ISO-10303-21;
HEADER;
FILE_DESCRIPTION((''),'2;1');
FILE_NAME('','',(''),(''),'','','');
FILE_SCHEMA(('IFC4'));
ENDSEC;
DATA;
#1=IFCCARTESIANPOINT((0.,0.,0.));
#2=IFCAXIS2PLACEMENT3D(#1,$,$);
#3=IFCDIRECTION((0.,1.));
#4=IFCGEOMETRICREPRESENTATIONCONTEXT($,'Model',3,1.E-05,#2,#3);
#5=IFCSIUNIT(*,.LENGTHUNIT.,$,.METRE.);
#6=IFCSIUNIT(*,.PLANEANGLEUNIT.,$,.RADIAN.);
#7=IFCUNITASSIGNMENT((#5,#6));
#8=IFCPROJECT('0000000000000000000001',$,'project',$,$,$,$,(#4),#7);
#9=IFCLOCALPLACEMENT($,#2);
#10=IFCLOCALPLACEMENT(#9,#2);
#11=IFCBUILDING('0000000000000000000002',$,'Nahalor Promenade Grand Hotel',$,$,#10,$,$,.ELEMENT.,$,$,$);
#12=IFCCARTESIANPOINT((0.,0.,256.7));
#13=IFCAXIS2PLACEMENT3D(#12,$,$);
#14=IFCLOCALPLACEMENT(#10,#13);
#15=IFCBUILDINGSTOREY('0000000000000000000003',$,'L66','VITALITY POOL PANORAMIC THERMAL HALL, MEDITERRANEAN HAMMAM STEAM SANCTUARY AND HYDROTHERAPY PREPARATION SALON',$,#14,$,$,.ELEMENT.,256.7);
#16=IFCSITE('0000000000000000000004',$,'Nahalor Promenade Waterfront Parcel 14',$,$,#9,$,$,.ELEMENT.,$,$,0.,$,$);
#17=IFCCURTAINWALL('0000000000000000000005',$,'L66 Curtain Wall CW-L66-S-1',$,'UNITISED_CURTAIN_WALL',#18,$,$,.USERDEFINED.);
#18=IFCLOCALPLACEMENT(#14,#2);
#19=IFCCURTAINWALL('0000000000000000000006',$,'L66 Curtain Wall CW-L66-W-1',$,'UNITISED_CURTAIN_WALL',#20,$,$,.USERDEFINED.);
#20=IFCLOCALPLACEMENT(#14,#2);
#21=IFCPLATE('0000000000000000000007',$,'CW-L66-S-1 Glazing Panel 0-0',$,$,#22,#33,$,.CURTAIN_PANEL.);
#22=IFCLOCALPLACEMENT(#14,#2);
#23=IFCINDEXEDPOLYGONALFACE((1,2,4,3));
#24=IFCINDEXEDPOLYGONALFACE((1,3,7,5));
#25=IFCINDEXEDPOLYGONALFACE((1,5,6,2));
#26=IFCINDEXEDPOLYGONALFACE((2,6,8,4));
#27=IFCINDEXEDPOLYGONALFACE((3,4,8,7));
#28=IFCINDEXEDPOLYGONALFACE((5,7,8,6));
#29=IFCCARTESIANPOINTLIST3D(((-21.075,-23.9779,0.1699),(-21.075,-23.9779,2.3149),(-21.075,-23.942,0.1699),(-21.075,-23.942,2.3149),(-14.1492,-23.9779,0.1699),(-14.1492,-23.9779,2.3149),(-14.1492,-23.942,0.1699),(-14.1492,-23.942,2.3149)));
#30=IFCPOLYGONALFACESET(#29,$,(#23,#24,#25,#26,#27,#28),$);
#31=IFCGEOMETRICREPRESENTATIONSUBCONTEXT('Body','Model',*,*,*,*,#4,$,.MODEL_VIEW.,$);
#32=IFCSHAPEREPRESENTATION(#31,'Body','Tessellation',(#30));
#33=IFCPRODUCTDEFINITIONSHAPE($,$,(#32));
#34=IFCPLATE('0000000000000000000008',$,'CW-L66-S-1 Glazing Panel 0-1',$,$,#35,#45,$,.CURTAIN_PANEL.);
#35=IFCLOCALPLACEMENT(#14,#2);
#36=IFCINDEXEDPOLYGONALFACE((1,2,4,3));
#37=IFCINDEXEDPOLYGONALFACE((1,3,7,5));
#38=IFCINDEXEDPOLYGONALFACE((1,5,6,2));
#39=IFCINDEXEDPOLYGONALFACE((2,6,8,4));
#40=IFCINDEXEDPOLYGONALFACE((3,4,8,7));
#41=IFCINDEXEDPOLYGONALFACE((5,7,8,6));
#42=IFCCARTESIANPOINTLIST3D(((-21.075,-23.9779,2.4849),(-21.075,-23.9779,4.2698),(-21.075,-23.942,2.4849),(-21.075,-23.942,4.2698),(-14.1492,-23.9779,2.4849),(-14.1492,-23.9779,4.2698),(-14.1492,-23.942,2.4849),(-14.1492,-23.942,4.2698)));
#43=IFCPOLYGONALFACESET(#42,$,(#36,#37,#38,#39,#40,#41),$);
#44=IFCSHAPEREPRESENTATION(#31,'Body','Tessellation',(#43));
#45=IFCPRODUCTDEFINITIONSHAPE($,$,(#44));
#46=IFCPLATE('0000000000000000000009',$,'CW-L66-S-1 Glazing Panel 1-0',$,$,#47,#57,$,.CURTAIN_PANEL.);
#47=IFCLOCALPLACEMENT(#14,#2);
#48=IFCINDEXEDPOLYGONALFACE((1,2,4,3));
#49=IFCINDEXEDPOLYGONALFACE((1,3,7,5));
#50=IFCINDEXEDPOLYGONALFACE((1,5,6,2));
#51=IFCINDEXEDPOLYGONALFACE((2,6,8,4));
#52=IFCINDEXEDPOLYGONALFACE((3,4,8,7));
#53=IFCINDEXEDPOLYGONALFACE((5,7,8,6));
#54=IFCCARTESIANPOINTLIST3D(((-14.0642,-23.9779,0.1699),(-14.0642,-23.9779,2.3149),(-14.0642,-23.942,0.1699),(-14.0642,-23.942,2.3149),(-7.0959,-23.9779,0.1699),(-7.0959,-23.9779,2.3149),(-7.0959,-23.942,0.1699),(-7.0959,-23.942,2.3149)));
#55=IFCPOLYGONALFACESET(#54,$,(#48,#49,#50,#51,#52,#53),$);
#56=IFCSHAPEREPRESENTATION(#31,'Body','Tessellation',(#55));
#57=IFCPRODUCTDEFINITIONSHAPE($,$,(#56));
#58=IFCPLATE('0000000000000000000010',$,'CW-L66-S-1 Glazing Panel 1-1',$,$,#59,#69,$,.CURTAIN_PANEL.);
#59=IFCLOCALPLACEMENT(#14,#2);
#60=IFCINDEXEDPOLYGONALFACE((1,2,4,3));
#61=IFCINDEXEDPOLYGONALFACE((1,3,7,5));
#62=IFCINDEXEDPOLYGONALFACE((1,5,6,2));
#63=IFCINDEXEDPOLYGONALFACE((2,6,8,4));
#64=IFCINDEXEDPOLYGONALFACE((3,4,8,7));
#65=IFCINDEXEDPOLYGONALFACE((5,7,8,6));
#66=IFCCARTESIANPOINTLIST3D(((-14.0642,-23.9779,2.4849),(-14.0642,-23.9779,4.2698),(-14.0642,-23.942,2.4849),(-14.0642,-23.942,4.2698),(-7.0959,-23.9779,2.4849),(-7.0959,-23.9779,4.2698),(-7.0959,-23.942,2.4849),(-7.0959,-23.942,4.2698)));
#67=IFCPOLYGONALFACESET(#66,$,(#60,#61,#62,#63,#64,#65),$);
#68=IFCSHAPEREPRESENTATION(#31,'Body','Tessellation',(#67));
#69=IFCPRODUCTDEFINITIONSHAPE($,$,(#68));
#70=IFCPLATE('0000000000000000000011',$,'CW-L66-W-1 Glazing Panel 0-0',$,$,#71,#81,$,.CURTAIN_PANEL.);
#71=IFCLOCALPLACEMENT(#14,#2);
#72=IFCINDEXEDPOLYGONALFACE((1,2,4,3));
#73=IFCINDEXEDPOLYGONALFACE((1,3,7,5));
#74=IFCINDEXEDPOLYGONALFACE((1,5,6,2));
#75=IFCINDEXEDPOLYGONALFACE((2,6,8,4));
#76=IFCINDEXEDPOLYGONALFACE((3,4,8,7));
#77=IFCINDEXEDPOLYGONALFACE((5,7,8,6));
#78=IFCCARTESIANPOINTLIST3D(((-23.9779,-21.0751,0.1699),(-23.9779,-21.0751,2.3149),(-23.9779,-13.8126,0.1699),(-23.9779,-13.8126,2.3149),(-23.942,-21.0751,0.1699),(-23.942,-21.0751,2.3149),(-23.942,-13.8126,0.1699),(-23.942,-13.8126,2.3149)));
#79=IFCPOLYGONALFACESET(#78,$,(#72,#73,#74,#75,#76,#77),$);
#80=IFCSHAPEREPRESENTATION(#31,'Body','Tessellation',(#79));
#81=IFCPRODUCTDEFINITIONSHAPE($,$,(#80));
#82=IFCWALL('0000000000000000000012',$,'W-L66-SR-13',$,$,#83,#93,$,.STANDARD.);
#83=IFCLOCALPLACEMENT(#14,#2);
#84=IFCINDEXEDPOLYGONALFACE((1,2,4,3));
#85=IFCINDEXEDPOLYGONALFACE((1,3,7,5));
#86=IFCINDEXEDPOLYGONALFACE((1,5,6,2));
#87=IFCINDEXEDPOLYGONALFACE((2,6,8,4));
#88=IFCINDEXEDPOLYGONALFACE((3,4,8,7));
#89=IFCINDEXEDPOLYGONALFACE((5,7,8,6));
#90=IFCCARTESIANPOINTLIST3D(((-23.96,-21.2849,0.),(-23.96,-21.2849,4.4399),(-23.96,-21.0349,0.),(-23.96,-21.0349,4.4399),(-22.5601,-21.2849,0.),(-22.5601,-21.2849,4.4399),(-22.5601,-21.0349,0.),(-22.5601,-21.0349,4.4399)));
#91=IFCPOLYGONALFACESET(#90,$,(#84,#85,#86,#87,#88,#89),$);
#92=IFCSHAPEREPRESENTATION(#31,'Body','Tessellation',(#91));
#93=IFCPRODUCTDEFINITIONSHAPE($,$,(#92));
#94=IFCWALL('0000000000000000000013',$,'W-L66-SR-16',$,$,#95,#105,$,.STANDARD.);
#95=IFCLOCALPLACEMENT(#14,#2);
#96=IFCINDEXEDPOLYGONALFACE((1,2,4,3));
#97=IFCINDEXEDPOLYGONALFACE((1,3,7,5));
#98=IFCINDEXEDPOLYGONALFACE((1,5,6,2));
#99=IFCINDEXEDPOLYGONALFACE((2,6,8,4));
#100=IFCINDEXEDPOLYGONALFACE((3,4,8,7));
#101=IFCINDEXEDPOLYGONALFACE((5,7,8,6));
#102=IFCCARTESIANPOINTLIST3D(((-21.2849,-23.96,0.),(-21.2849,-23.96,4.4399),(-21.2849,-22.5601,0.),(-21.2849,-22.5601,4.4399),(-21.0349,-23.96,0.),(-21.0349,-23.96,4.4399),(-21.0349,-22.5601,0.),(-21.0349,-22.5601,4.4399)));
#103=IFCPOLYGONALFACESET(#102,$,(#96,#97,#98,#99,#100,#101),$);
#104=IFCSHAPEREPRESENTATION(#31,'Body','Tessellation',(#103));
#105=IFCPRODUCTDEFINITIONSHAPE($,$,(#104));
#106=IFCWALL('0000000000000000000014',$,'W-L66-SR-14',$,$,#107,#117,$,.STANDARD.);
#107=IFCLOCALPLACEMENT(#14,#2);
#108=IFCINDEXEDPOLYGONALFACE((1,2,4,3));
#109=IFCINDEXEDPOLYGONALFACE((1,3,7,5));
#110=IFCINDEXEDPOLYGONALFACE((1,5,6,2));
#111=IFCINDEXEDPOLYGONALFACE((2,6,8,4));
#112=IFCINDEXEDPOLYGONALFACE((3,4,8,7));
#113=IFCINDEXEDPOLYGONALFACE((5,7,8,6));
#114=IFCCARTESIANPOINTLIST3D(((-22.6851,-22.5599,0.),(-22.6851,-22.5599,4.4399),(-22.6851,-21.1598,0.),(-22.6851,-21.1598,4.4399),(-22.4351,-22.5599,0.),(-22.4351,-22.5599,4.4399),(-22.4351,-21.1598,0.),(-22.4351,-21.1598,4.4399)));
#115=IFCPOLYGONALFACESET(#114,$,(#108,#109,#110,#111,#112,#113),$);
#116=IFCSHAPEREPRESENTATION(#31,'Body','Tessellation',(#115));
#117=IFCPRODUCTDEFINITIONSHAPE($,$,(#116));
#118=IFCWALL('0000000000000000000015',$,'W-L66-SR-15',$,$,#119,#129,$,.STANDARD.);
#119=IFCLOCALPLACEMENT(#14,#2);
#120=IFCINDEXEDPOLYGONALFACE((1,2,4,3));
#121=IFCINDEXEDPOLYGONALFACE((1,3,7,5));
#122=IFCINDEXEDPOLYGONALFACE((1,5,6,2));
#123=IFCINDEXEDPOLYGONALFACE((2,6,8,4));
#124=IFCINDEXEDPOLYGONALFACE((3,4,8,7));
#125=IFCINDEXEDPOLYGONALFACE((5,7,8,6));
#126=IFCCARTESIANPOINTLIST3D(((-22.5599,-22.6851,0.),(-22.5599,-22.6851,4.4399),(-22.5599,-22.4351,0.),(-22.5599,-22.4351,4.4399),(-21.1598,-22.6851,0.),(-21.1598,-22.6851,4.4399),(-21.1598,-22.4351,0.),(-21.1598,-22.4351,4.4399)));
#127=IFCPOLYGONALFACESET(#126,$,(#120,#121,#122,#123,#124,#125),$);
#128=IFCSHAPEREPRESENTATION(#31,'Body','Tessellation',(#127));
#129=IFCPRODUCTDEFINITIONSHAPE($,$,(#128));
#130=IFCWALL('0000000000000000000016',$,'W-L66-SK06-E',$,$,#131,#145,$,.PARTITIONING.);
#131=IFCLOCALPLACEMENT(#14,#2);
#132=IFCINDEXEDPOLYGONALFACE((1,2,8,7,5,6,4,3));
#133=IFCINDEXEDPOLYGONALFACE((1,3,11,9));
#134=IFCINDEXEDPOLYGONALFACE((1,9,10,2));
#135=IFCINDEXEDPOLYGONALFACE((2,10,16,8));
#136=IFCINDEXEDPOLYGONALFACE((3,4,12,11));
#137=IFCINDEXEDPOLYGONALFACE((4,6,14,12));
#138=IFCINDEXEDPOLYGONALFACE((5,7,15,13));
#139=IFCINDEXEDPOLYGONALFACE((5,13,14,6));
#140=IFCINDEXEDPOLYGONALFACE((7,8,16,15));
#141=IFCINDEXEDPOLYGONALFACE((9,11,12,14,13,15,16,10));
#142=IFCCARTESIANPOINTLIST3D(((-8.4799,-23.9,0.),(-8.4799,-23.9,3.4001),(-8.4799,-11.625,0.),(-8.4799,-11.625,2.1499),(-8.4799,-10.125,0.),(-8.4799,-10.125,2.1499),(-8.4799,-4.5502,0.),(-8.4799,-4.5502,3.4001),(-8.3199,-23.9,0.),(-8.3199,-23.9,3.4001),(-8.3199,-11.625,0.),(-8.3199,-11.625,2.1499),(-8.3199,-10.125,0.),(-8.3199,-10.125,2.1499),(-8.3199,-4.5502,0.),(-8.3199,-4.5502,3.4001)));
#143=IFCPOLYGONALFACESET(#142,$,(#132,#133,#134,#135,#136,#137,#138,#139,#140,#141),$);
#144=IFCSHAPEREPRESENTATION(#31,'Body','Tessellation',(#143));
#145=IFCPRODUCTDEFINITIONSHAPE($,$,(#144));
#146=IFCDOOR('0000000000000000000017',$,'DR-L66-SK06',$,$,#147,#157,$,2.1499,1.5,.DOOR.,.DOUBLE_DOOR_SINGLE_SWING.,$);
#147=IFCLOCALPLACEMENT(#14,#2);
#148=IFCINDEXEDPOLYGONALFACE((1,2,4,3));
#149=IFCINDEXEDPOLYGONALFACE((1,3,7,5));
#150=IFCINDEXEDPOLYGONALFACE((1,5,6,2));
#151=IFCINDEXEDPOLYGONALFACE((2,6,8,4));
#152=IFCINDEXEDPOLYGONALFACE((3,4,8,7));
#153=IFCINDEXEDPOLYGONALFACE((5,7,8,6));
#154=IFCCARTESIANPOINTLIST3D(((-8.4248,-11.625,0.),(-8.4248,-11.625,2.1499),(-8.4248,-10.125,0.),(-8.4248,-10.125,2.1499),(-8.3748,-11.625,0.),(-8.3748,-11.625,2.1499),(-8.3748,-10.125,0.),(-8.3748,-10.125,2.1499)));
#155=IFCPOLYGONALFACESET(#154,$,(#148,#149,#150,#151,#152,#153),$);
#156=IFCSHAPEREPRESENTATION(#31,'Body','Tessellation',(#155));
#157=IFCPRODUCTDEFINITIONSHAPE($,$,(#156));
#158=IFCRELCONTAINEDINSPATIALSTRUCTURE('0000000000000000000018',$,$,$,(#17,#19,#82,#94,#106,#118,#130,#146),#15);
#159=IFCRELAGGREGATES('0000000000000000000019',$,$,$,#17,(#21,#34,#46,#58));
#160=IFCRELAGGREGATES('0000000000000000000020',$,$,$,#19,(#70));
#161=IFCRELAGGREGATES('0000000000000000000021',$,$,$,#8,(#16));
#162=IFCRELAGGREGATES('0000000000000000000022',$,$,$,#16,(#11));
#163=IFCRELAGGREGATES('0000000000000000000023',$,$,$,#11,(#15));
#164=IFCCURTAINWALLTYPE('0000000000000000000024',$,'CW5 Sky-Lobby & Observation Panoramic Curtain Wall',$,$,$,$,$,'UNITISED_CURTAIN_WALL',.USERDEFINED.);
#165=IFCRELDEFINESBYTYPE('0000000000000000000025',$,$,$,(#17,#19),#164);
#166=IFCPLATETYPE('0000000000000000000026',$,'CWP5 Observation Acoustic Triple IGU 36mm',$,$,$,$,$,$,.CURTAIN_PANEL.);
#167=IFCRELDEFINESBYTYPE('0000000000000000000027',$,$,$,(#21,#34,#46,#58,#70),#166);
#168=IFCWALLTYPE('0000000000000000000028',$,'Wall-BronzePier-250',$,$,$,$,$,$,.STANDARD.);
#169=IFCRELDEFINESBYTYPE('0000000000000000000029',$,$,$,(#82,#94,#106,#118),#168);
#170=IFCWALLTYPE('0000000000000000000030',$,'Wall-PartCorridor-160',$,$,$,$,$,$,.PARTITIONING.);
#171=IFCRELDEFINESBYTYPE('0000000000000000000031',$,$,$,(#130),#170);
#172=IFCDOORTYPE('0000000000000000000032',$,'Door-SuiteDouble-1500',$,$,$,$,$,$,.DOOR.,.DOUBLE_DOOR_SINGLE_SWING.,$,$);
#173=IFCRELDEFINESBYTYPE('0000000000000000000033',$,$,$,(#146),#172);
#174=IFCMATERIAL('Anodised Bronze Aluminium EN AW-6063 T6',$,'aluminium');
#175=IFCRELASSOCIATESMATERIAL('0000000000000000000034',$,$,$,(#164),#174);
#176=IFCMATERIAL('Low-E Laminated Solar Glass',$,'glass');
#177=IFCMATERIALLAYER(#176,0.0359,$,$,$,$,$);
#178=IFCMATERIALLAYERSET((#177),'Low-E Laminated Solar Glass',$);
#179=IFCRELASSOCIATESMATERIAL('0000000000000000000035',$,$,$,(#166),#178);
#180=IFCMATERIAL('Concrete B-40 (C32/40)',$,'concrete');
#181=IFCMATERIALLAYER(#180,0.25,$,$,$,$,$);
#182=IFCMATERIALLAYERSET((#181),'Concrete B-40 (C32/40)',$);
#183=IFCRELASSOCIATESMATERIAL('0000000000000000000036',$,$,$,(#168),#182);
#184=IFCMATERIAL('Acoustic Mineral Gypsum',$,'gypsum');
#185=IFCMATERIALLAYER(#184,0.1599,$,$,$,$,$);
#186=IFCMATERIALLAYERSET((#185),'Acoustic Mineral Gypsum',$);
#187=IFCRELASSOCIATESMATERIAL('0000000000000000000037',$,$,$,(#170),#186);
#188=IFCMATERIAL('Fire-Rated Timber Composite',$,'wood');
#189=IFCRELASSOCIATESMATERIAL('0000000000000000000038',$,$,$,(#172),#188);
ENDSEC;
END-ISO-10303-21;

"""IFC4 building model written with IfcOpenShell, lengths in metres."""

from ifc_helpers import new_model, si_unit, direction, frame, frame_2d, origin, origin_2d, place, context, subcontext, project, spatial, rectangle, extrude, source, transform, mapped, material, layer, layer_set, type_object, element, fill, aggregate, save


model = new_model("IFC4")

# Units and contexts
model_context = context("Model", 3, precision=1e-05, world=origin(), true_north=direction((0.0, 1.0)))
body_context = subcontext(model_context, "Body", "Model", "MODEL_VIEW")
ifc_project = project(units=[si_unit("LENGTHUNIT", "METRE"), si_unit("PLANEANGLEUNIT", "RADIAN")], contexts=[model_context])

# Site, building, storey
site_placement = place(None, origin())
site = spatial("IfcSite", under=ifc_project, at=site_placement, Name="Nahalor Promenade Waterfront Parcel 14", CompositionType="ELEMENT", RefElevation=0.0)
building_placement = place(site_placement, origin())
building = spatial("IfcBuilding", under=site, at=building_placement, Name="Nahalor Promenade Grand Hotel", CompositionType="ELEMENT")
storey_placement = place(building_placement, frame((0.0, 0.0, 256.7)))
storey = spatial("IfcBuildingStorey", under=building, at=storey_placement, Name="L66", Description="VITALITY POOL PANORAMIC THERMAL HALL, MEDITERRANEAN HAMMAM STEAM SANCTUARY AND HYDROTHERAPY PREPARATION SALON", CompositionType="ELEMENT", Elevation=256.7)

# Curtain wall
ifc_material_1 = material(Name="Anodised Bronze Aluminium EN AW-6063 T6", Category="aluminium")
curtain_wall_type = type_object("IfcCurtainWallType", Name="CW5 Sky-Lobby & Observation Panoramic Curtain Wall", ElementType="UNITISED_CURTAIN_WALL", PredefinedType="USERDEFINED", material=ifc_material_1)
curtain_wall_1_placement = place(storey_placement, origin())
curtain_wall_1 = element("IfcCurtainWall", 1, at=curtain_wall_1_placement, inside=storey, type_object=curtain_wall_type, Name="L66 Curtain Wall CW-L66-S-1", ObjectType="UNITISED_CURTAIN_WALL", PredefinedType="USERDEFINED")

# Curtain wall
curtain_wall_2_placement = place(storey_placement, origin())
curtain_wall_2 = element("IfcCurtainWall", 2, at=curtain_wall_2_placement, inside=storey, type_object=curtain_wall_type, Name="L66 Curtain Wall CW-L66-W-1", ObjectType="UNITISED_CURTAIN_WALL", PredefinedType="USERDEFINED")

# Plates
ifc_material_2 = material(Name="Low-E Laminated Solar Glass", Category="glass")
ifc_layer_1 = layer(ifc_material_2, 0.0359)
ifc_layer_set_1 = layer_set([ifc_layer_1], Name="Low-E Laminated Solar Glass")
plate_type = type_object("IfcPlateType", Name="CWP5 Observation Acoustic Triple IGU 36mm", PredefinedType="CURTAIN_PANEL", material=ifc_layer_set_1)
shared_shape_1 = source(origin(), body_context, "Body", "SweptSolid", [
    extrude(rectangle(XDim=6.9258, YDim=0.0359, at=origin_2d()), origin(), (0.0, 0.0, 1.0), 2.145),
])
plate_1_placement = place(storey_placement, frame((-17.6121, -23.96, 0.1699), z_axis=(0.0, 0.0, 1.0), x_axis=(1.0, 0.0, 0.0)))
plate_1 = element("IfcPlate", 3, at=plate_1_placement, type_object=plate_type, Name="CW-L66-S-1 Glazing Panel 0-0", PredefinedType="CURTAIN_PANEL", context=body_context, shape_type="MappedRepresentation", body=[
    mapped(shared_shape_1, transform((0.0, 0.0, 0.0), scale=1.0)),
])
shared_shape_2 = source(origin(), body_context, "Body", "SweptSolid", [
    extrude(rectangle(XDim=6.9258, YDim=0.0359, at=origin_2d()), origin(), (0.0, 0.0, 1.0), 1.7849),
])
plate_2_placement = place(storey_placement, frame((-17.6121, -23.96, 2.4849), z_axis=(0.0, 0.0, 1.0), x_axis=(1.0, 0.0, 0.0)))
plate_2 = element("IfcPlate", 4, at=plate_2_placement, type_object=plate_type, Name="CW-L66-S-1 Glazing Panel 0-1", PredefinedType="CURTAIN_PANEL", context=body_context, shape_type="MappedRepresentation", body=[
    mapped(shared_shape_2, transform((0.0, 0.0, 0.0), scale=1.0)),
])
shared_shape_3 = source(origin(), body_context, "Body", "SweptSolid", [
    extrude(rectangle(XDim=6.9683, YDim=0.0359, at=origin_2d()), origin(), (0.0, 0.0, 1.0), 2.145),
])
plate_3_placement = place(storey_placement, frame((-10.5801, -23.96, 0.1699), z_axis=(0.0, 0.0, 1.0), x_axis=(1.0, 0.0, 0.0)))
plate_3 = element("IfcPlate", 5, at=plate_3_placement, type_object=plate_type, Name="CW-L66-S-1 Glazing Panel 1-0", PredefinedType="CURTAIN_PANEL", context=body_context, shape_type="MappedRepresentation", body=[
    mapped(shared_shape_3, transform((0.0, 0.0, 0.0), scale=1.0)),
])
shared_shape_4 = source(origin(), body_context, "Body", "SweptSolid", [
    extrude(rectangle(XDim=6.9683, YDim=0.0359, at=origin_2d()), origin(), (0.0, 0.0, 1.0), 1.7849),
])
plate_4_placement = place(storey_placement, frame((-10.5801, -23.96, 2.4849), z_axis=(0.0, 0.0, 1.0), x_axis=(1.0, 0.0, 0.0)))
plate_4 = element("IfcPlate", 6, at=plate_4_placement, type_object=plate_type, Name="CW-L66-S-1 Glazing Panel 1-1", PredefinedType="CURTAIN_PANEL", context=body_context, shape_type="MappedRepresentation", body=[
    mapped(shared_shape_4, transform((0.0, 0.0, 0.0), scale=1.0)),
])
aggregate(curtain_wall_1, [plate_1, plate_2, plate_3, plate_4])
shared_shape_5 = source(origin(), body_context, "Body", "SweptSolid", [
    extrude(rectangle(XDim=7.2625, YDim=0.0359, at=origin_2d()), origin(), (0.0, 0.0, 1.0), 2.145),
])
plate_5_placement = place(storey_placement, frame((-23.96, -17.4438, 0.1699), z_axis=(0.0, 0.0, 1.0), x_axis=(0.0, 1.0, 0.0)))
plate_5 = element("IfcPlate", 7, at=plate_5_placement, type_object=plate_type, Name="CW-L66-W-1 Glazing Panel 0-0", PredefinedType="CURTAIN_PANEL", context=body_context, shape_type="MappedRepresentation", body=[
    mapped(shared_shape_5, transform((0.0, 0.0, 0.0), scale=1.0)),
])
aggregate(curtain_wall_2, [plate_5])

# Walls
ifc_material_3 = material(Name="Concrete B-40 (C32/40)", Category="concrete")
ifc_layer_2 = layer(ifc_material_3, 0.25)
ifc_layer_set_2 = layer_set([ifc_layer_2], Name="Concrete B-40 (C32/40)")
wall_type_1 = type_object("IfcWallType", Name="Wall-BronzePier-250", PredefinedType="STANDARD", material=ifc_layer_set_2)
shared_shape_6 = source(origin(), body_context, "Body", "SweptSolid", [
    extrude(rectangle(XDim=1.3999, YDim=0.25, at=frame_2d((0.7, 0.0))), origin(), (0.0, 0.0, 1.0), 4.4399),
])
for number, where, z_axis, x_axis, name in (
    (8, (-23.96, -21.1599, 0.0), (0.0, 0.0, 1.0), (1.0, 0.0, 0.0), "W-L66-SR-13"),
    (9, (-21.1599, -23.96, 0.0), (0.0, 0.0, 1.0), (0.0, 1.0, 0.0), "W-L66-SR-16"),
):
    element("IfcWall", number, at=place(storey_placement, frame(where, z_axis=z_axis, x_axis=x_axis)), inside=storey, type_object=wall_type_1, Name=name, PredefinedType="STANDARD", context=body_context, shape_type="MappedRepresentation", body=[
        mapped(shared_shape_6, transform((0.0, 0.0, 0.0), scale=1.0)),
    ])
shared_shape_7 = source(origin(), body_context, "Body", "SweptSolid", [
    extrude(rectangle(XDim=1.4001, YDim=0.25, at=frame_2d((0.7002, 0.0))), origin(), (0.0, 0.0, 1.0), 4.4399),
])
for number, where, z_axis, x_axis, name in (
    (10, (-22.5601, -22.5601, 0.0), (0.0, 0.0, 1.0), (0.0, 1.0, 0.0), "W-L66-SR-14"),
    (11, (-22.5601, -22.5601, 0.0), (0.0, 0.0, 1.0), (1.0, 0.0, 0.0), "W-L66-SR-15"),
):
    element("IfcWall", number, at=place(storey_placement, frame(where, z_axis=z_axis, x_axis=x_axis)), inside=storey, type_object=wall_type_1, Name=name, PredefinedType="STANDARD", context=body_context, shape_type="MappedRepresentation", body=[
        mapped(shared_shape_7, transform((0.0, 0.0, 0.0), scale=1.0)),
    ])

# Wall, opening, door
ifc_material_4 = material(Name="Acoustic Mineral Gypsum", Category="gypsum")
ifc_layer_3 = layer(ifc_material_4, 0.1599)
ifc_layer_set_3 = layer_set([ifc_layer_3], Name="Acoustic Mineral Gypsum")
wall_type_2 = type_object("IfcWallType", Name="Wall-PartCorridor-160", PredefinedType="PARTITIONING", material=ifc_layer_set_3)
shared_shape_8 = source(origin(), body_context, "Body", "SweptSolid", [
    extrude(rectangle(XDim=19.3499, YDim=0.1599, at=frame_2d((9.6748, 0.0))), origin(), (0.0, 0.0, 1.0), 3.4001),
])
wall_placement = place(storey_placement, frame((-8.3999, -23.8999, 0.0), z_axis=(0.0, 0.0, 1.0), x_axis=(0.0, 1.0, 0.0)))
wall = element("IfcWall", 12, at=wall_placement, inside=storey, type_object=wall_type_2, Name="W-L66-SK06-E", PredefinedType="PARTITIONING", context=body_context, shape_type="MappedRepresentation", body=[
    mapped(shared_shape_8, transform((0.0, 0.0, 0.0), scale=1.0)),
])
opening_placement = place(wall_placement, frame((12.2749, 0.0, 0.0)))
opening = element("IfcOpeningElement", 13, at=opening_placement, cuts=wall, PredefinedType="OPENING", context=body_context, shape_type="SweptSolid", body=[
    extrude(rectangle(XDim=1.5, YDim=2.1499, at=frame_2d((0.75, 1.075))), frame((0.0, 0.0898, 0.0), z_axis=(0.0, -1.0, 0.0), x_axis=(1.0, 0.0, 0.0)), (0.0, 0.0, 1.0), 0.1799),
])
ifc_material_5 = material(Name="Fire-Rated Timber Composite", Category="wood")
door_type = type_object("IfcDoorType", Name="Door-SuiteDouble-1500", OperationType="DOUBLE_DOOR_SINGLE_SWING", PredefinedType="DOOR", material=ifc_material_5)
shared_shape_9 = source(origin(), body_context, "Body", "SweptSolid", [
    extrude(rectangle(XDim=1.5, YDim=2.1499, at=frame_2d((0.75, 1.075))), frame((0.0, 0.0249, 0.0), z_axis=(0.0, -1.0, 0.0), x_axis=(1.0, 0.0, 0.0)), (0.0, 0.0, 1.0), 0.05),
])
door_placement = place(opening_placement, origin())
door = element("IfcDoor", 14, at=door_placement, inside=storey, type_object=door_type, Name="DR-L66-SK06", OperationType="DOUBLE_DOOR_SINGLE_SWING", OverallHeight=2.1499, OverallWidth=1.5, PredefinedType="DOOR", context=body_context, shape_type="MappedRepresentation", body=[
    mapped(shared_shape_9, transform((0.0, 0.0, 0.0), scale=1.0)),
])
fill(opening, door)

save(model, "model.ifc")
